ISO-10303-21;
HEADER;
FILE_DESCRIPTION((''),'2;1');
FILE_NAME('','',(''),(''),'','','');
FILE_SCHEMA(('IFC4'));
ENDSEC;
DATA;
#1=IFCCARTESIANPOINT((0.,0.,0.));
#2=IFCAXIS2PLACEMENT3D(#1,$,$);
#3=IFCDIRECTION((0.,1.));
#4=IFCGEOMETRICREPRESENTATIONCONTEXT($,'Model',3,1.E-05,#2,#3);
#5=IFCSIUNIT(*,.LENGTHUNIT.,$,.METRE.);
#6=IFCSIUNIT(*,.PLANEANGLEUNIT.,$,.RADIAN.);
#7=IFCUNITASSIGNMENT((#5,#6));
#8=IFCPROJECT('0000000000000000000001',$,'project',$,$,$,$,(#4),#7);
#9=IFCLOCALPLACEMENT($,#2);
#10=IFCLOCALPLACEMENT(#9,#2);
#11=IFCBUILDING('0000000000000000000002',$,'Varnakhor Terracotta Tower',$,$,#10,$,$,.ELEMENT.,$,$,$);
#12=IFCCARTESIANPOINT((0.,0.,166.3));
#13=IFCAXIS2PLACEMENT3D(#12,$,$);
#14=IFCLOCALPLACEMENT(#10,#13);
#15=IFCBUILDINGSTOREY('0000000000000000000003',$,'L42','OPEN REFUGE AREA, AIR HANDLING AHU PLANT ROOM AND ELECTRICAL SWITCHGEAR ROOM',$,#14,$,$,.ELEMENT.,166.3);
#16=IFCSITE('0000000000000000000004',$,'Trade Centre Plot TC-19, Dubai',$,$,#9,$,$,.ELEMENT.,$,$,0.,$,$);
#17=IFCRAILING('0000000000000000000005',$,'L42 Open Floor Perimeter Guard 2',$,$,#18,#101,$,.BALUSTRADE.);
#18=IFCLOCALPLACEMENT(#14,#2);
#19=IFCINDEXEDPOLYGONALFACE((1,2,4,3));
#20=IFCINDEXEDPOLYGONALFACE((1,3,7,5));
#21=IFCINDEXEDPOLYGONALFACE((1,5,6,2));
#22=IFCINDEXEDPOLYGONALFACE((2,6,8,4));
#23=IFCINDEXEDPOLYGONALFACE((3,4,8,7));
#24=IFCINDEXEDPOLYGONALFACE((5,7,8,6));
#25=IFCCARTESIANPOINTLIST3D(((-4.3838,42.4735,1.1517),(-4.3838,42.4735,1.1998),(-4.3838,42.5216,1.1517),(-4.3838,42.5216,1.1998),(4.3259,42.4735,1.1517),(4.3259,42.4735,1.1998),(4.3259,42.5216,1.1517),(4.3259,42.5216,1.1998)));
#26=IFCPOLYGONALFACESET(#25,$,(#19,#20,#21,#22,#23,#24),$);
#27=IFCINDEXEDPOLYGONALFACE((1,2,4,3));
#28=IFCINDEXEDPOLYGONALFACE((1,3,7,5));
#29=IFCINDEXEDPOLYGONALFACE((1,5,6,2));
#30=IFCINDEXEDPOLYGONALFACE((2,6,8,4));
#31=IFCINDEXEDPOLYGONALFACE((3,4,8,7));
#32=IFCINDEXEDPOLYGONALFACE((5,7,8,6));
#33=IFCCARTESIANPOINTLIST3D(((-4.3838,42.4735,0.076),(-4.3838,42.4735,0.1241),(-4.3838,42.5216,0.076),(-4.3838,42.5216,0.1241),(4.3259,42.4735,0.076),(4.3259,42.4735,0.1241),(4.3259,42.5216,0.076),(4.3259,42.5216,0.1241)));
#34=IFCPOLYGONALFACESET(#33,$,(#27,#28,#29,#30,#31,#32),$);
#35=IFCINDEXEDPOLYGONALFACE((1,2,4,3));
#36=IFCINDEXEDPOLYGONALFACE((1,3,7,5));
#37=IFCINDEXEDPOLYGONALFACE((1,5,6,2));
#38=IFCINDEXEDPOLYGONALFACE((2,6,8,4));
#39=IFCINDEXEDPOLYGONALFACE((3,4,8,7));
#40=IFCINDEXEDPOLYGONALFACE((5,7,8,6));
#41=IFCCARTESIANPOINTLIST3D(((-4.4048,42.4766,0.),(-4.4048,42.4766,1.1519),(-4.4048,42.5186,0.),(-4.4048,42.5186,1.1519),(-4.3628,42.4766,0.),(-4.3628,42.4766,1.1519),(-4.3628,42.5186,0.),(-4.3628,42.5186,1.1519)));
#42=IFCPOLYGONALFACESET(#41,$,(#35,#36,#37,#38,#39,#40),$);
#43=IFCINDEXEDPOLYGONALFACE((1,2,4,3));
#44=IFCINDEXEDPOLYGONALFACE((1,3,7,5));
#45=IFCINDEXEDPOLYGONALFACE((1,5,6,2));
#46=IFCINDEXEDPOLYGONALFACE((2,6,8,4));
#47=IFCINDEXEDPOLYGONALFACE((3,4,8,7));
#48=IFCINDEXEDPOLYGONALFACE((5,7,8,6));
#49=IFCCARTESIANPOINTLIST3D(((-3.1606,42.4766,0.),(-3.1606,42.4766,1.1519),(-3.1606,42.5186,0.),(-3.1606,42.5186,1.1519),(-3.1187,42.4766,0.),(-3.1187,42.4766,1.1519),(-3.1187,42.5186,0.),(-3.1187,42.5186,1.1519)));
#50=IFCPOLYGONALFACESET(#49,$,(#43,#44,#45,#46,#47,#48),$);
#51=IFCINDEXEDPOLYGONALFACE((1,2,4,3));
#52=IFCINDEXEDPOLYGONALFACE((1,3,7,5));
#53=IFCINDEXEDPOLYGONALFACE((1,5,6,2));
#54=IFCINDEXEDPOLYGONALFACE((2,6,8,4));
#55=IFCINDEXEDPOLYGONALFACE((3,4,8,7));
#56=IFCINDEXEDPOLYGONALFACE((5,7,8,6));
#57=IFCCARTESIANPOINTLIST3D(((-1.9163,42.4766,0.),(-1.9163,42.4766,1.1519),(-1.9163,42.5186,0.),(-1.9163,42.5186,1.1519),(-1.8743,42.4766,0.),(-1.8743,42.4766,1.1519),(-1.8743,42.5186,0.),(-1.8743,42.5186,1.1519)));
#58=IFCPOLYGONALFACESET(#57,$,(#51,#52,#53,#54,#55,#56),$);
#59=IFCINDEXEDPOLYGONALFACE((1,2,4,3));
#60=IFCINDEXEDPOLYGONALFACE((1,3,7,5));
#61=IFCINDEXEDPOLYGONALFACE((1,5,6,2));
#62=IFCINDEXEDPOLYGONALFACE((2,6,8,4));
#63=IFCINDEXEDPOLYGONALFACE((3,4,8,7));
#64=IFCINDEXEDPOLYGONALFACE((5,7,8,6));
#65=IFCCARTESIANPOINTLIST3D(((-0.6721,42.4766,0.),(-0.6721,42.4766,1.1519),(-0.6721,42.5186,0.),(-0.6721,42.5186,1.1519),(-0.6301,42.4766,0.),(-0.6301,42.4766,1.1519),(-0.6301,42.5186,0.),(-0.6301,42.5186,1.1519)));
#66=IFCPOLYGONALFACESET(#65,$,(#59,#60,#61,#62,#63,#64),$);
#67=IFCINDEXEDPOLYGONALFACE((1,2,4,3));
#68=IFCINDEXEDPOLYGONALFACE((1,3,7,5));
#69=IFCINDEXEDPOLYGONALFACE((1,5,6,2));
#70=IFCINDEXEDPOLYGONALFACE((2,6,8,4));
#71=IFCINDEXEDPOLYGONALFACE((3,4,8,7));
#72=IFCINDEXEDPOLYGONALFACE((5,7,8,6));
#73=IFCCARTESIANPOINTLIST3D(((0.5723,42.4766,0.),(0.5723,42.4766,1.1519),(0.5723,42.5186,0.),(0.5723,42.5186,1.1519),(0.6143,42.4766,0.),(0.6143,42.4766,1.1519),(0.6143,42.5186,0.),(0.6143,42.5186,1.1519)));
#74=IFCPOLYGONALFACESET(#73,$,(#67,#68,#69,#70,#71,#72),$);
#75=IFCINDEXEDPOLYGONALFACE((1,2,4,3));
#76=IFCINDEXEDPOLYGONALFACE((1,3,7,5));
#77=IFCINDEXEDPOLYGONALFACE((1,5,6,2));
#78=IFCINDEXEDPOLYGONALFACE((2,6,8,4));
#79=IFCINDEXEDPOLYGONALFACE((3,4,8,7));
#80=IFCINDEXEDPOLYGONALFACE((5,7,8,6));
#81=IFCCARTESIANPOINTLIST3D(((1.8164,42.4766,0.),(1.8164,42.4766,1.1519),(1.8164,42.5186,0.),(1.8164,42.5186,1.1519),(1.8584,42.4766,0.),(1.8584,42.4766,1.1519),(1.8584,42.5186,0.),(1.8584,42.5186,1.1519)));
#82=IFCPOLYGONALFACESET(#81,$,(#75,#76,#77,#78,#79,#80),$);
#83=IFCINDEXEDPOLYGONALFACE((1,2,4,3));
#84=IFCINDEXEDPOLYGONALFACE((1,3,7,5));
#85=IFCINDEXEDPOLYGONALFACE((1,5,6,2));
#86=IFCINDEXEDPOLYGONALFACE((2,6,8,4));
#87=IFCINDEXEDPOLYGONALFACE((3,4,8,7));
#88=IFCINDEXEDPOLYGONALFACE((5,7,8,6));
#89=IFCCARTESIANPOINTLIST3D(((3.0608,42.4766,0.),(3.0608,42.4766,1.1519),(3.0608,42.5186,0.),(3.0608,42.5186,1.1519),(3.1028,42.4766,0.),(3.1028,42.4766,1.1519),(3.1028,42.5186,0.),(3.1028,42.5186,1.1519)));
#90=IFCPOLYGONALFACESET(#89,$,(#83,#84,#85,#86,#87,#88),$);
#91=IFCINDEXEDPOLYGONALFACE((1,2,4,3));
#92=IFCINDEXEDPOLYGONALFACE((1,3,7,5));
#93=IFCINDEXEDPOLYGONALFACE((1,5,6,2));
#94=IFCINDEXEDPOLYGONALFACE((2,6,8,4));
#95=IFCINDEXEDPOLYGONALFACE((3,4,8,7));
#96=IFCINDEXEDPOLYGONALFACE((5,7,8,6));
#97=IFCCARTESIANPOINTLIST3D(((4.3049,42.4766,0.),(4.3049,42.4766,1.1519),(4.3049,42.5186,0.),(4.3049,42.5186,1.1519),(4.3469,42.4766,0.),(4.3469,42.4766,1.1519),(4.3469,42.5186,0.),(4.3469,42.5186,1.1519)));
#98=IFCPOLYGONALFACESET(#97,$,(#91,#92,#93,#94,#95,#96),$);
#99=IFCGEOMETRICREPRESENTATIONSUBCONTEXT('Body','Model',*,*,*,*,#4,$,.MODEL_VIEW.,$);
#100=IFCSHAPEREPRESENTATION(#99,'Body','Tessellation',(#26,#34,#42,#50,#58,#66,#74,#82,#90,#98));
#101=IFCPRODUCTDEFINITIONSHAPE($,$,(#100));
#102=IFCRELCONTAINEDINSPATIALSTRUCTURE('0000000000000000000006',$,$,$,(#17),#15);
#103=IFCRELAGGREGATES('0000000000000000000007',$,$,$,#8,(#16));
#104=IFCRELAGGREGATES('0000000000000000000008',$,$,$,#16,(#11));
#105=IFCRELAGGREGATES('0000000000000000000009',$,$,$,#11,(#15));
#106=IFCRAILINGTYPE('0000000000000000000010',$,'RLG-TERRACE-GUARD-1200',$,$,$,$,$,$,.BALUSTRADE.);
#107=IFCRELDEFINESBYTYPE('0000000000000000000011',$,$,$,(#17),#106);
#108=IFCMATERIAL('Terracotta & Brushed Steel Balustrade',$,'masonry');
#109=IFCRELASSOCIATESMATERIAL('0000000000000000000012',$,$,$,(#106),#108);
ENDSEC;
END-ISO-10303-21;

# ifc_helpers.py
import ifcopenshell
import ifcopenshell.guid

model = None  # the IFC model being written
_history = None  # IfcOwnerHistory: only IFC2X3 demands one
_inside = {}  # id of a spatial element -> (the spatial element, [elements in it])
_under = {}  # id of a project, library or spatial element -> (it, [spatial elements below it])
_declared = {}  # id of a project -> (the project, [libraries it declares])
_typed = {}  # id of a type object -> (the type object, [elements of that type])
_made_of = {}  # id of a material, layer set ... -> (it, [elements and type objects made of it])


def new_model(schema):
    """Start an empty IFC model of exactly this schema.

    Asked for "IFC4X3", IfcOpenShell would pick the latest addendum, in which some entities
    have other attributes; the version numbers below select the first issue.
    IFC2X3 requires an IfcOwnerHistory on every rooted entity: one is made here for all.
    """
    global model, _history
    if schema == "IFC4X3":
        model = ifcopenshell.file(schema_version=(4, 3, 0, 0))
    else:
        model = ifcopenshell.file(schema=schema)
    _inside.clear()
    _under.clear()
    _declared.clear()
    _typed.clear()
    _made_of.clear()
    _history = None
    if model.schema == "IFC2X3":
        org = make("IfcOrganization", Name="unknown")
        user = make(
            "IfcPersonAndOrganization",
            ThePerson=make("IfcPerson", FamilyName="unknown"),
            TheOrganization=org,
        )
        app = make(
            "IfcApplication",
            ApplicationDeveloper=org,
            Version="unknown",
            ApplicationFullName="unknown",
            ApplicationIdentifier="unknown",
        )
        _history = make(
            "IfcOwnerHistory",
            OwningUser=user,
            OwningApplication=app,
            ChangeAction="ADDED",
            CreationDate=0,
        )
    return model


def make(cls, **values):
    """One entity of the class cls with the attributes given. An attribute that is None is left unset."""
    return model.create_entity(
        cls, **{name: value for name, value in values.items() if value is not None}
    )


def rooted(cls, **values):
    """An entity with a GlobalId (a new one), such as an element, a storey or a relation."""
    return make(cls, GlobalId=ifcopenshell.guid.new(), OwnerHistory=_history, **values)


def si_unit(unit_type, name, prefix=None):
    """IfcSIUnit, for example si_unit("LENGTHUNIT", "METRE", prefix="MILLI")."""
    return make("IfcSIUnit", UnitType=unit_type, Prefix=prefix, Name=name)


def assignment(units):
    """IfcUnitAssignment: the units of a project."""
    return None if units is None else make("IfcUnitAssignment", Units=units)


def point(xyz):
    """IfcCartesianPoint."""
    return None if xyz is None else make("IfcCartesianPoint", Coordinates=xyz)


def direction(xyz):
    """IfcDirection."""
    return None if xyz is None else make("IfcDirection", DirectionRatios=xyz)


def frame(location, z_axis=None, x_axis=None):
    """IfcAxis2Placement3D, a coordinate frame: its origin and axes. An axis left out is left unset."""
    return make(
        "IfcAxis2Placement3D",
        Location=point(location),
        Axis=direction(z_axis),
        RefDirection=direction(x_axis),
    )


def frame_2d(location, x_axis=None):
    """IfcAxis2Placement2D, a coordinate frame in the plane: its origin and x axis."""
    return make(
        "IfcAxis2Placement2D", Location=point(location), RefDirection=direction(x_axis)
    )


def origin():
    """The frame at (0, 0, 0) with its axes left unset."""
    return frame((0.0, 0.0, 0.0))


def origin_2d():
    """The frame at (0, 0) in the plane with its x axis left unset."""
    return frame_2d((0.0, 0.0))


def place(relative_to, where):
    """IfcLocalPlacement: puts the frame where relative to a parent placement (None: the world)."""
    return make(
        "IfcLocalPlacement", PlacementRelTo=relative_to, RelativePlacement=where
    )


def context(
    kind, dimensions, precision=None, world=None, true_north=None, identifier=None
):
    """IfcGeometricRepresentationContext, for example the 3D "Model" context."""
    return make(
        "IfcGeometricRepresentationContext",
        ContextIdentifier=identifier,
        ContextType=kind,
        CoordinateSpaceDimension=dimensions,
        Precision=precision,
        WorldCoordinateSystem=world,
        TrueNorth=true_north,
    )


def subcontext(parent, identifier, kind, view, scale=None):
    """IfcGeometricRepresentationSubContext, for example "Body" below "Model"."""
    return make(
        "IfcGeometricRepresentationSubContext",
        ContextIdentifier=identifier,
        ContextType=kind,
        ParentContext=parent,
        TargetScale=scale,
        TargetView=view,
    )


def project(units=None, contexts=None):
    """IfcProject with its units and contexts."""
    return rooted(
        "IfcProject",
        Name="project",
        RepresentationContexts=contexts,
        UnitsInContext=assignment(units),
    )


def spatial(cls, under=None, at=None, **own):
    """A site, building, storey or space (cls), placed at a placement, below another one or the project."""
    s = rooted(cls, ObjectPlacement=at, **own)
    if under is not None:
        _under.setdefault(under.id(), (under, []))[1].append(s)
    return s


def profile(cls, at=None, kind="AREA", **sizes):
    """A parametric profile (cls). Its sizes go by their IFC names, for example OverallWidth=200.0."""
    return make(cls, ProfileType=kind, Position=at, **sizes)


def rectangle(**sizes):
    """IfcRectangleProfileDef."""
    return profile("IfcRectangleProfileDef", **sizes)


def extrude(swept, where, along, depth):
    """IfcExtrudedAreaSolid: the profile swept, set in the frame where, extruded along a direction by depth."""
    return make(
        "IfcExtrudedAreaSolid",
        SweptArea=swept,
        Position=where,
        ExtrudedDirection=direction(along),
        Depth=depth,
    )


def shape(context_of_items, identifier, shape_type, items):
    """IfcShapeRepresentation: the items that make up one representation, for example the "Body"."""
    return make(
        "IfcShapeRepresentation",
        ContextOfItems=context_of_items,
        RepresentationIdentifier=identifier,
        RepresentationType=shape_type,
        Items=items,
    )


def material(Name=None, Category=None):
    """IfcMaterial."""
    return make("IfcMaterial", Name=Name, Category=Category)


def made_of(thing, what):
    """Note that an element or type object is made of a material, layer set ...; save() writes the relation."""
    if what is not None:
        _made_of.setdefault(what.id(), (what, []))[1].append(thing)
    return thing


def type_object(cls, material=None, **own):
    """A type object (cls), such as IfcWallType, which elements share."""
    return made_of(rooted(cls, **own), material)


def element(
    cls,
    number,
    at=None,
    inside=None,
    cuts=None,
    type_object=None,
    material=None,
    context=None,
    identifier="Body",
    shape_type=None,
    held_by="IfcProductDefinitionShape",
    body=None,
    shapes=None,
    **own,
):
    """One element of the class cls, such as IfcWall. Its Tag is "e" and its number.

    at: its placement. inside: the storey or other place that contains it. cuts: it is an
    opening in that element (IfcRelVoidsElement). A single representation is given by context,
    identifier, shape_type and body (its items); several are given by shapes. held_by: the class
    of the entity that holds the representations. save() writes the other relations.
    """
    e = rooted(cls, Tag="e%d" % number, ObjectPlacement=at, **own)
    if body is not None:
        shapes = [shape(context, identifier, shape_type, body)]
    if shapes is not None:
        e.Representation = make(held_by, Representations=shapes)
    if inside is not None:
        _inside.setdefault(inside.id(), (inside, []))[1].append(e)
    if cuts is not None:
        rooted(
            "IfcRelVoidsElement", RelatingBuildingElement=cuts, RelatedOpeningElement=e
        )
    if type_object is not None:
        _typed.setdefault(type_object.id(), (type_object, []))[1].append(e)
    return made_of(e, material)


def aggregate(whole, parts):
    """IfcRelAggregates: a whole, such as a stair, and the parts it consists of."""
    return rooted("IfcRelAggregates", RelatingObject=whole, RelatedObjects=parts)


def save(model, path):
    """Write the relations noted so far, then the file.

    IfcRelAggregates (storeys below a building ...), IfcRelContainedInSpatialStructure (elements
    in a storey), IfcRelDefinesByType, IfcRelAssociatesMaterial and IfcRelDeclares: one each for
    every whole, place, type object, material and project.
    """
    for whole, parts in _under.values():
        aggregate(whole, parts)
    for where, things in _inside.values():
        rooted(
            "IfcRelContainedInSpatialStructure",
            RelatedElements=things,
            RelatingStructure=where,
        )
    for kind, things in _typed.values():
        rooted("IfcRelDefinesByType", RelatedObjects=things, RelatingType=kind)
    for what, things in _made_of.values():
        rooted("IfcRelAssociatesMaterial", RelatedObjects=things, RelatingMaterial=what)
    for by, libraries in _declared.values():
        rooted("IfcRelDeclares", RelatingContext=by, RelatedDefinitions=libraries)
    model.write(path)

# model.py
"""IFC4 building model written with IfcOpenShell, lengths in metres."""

from ifc_helpers import new_model, si_unit, direction, frame, origin, origin_2d, place, context, subcontext, project, spatial, rectangle, extrude, material, type_object, element, save


model = new_model("IFC4")

# Units and contexts
model_context = context("Model", 3, precision=1e-05, world=origin(), true_north=direction((0.0, 1.0)))
body_context = subcontext(model_context, "Body", "Model", "MODEL_VIEW")
ifc_project = project(units=[si_unit("LENGTHUNIT", "METRE"), si_unit("PLANEANGLEUNIT", "RADIAN")], contexts=[model_context])

# Site, building, storey
site_placement = place(None, origin())
site = spatial("IfcSite", under=ifc_project, at=site_placement, Name="Trade Centre Plot TC-19, Dubai", CompositionType="ELEMENT", RefElevation=0.0)
building_placement = place(site_placement, origin())
building = spatial("IfcBuilding", under=site, at=building_placement, Name="Varnakhor Terracotta Tower", CompositionType="ELEMENT")
storey_placement = place(building_placement, frame((0.0, 0.0, 166.3)))
storey = spatial("IfcBuildingStorey", under=building, at=storey_placement, Name="L42", Description="OPEN REFUGE AREA, AIR HANDLING AHU PLANT ROOM AND ELECTRICAL SWITCHGEAR ROOM", CompositionType="ELEMENT", Elevation=166.3)

# Railing
ifc_material_1 = material(Name="Terracotta & Brushed Steel Balustrade", Category="masonry")
railing_type = type_object("IfcRailingType", Name="RLG-TERRACE-GUARD-1200", PredefinedType="BALUSTRADE", material=ifc_material_1)
railing_placement = place(storey_placement, frame((-4.3838, 42.4976, 0.0)))
element("IfcRailing", 1, at=railing_placement, inside=storey, type_object=railing_type, Name="L42 Open Floor Perimeter Guard 2", PredefinedType="BALUSTRADE", context=body_context, shape_type="SweptSolid", body=[
    extrude(rectangle(XDim=0.0481, YDim=0.0481, at=origin_2d()), frame((0.0, 0.0, 1.1758), z_axis=(1.0, 0.0, 0.0), x_axis=(0.0, 1.0, 0.0)), (0.0, 0.0, 1.0), 8.7097),
    extrude(rectangle(XDim=0.0481, YDim=0.0481, at=origin_2d()), frame((0.0, 0.0, 0.1001), z_axis=(1.0, 0.0, 0.0), x_axis=(0.0, 1.0, 0.0)), (0.0, 0.0, 1.0), 8.7097),
    extrude(rectangle(XDim=0.042, YDim=0.042, at=origin_2d()), origin(), (0.0, 0.0, 1.0), 1.1519),
    extrude(rectangle(XDim=0.042, YDim=0.042, at=origin_2d()), frame((1.2441, 0.0, 0.0)), (0.0, 0.0, 1.0), 1.1519),
    extrude(rectangle(XDim=0.042, YDim=0.042, at=origin_2d()), frame((2.4885, 0.0, 0.0)), (0.0, 0.0, 1.0), 1.1519),
    extrude(rectangle(XDim=0.042, YDim=0.042, at=origin_2d()), frame((3.7327, 0.0, 0.0)), (0.0, 0.0, 1.0), 1.1519),
    extrude(rectangle(XDim=0.042, YDim=0.042, at=origin_2d()), frame((4.9771, 0.0, 0.0)), (0.0, 0.0, 1.0), 1.1519),
    extrude(rectangle(XDim=0.042, YDim=0.042, at=origin_2d()), frame((6.2212, 0.0, 0.0)), (0.0, 0.0, 1.0), 1.1519),
    extrude(rectangle(XDim=0.042, YDim=0.042, at=origin_2d()), frame((7.4656, 0.0, 0.0)), (0.0, 0.0, 1.0), 1.1519),
    extrude(rectangle(XDim=0.042, YDim=0.042, at=origin_2d()), frame((8.7097, 0.0, 0.0)), (0.0, 0.0, 1.0), 1.1519),
])

save(model, "model.ifc")
